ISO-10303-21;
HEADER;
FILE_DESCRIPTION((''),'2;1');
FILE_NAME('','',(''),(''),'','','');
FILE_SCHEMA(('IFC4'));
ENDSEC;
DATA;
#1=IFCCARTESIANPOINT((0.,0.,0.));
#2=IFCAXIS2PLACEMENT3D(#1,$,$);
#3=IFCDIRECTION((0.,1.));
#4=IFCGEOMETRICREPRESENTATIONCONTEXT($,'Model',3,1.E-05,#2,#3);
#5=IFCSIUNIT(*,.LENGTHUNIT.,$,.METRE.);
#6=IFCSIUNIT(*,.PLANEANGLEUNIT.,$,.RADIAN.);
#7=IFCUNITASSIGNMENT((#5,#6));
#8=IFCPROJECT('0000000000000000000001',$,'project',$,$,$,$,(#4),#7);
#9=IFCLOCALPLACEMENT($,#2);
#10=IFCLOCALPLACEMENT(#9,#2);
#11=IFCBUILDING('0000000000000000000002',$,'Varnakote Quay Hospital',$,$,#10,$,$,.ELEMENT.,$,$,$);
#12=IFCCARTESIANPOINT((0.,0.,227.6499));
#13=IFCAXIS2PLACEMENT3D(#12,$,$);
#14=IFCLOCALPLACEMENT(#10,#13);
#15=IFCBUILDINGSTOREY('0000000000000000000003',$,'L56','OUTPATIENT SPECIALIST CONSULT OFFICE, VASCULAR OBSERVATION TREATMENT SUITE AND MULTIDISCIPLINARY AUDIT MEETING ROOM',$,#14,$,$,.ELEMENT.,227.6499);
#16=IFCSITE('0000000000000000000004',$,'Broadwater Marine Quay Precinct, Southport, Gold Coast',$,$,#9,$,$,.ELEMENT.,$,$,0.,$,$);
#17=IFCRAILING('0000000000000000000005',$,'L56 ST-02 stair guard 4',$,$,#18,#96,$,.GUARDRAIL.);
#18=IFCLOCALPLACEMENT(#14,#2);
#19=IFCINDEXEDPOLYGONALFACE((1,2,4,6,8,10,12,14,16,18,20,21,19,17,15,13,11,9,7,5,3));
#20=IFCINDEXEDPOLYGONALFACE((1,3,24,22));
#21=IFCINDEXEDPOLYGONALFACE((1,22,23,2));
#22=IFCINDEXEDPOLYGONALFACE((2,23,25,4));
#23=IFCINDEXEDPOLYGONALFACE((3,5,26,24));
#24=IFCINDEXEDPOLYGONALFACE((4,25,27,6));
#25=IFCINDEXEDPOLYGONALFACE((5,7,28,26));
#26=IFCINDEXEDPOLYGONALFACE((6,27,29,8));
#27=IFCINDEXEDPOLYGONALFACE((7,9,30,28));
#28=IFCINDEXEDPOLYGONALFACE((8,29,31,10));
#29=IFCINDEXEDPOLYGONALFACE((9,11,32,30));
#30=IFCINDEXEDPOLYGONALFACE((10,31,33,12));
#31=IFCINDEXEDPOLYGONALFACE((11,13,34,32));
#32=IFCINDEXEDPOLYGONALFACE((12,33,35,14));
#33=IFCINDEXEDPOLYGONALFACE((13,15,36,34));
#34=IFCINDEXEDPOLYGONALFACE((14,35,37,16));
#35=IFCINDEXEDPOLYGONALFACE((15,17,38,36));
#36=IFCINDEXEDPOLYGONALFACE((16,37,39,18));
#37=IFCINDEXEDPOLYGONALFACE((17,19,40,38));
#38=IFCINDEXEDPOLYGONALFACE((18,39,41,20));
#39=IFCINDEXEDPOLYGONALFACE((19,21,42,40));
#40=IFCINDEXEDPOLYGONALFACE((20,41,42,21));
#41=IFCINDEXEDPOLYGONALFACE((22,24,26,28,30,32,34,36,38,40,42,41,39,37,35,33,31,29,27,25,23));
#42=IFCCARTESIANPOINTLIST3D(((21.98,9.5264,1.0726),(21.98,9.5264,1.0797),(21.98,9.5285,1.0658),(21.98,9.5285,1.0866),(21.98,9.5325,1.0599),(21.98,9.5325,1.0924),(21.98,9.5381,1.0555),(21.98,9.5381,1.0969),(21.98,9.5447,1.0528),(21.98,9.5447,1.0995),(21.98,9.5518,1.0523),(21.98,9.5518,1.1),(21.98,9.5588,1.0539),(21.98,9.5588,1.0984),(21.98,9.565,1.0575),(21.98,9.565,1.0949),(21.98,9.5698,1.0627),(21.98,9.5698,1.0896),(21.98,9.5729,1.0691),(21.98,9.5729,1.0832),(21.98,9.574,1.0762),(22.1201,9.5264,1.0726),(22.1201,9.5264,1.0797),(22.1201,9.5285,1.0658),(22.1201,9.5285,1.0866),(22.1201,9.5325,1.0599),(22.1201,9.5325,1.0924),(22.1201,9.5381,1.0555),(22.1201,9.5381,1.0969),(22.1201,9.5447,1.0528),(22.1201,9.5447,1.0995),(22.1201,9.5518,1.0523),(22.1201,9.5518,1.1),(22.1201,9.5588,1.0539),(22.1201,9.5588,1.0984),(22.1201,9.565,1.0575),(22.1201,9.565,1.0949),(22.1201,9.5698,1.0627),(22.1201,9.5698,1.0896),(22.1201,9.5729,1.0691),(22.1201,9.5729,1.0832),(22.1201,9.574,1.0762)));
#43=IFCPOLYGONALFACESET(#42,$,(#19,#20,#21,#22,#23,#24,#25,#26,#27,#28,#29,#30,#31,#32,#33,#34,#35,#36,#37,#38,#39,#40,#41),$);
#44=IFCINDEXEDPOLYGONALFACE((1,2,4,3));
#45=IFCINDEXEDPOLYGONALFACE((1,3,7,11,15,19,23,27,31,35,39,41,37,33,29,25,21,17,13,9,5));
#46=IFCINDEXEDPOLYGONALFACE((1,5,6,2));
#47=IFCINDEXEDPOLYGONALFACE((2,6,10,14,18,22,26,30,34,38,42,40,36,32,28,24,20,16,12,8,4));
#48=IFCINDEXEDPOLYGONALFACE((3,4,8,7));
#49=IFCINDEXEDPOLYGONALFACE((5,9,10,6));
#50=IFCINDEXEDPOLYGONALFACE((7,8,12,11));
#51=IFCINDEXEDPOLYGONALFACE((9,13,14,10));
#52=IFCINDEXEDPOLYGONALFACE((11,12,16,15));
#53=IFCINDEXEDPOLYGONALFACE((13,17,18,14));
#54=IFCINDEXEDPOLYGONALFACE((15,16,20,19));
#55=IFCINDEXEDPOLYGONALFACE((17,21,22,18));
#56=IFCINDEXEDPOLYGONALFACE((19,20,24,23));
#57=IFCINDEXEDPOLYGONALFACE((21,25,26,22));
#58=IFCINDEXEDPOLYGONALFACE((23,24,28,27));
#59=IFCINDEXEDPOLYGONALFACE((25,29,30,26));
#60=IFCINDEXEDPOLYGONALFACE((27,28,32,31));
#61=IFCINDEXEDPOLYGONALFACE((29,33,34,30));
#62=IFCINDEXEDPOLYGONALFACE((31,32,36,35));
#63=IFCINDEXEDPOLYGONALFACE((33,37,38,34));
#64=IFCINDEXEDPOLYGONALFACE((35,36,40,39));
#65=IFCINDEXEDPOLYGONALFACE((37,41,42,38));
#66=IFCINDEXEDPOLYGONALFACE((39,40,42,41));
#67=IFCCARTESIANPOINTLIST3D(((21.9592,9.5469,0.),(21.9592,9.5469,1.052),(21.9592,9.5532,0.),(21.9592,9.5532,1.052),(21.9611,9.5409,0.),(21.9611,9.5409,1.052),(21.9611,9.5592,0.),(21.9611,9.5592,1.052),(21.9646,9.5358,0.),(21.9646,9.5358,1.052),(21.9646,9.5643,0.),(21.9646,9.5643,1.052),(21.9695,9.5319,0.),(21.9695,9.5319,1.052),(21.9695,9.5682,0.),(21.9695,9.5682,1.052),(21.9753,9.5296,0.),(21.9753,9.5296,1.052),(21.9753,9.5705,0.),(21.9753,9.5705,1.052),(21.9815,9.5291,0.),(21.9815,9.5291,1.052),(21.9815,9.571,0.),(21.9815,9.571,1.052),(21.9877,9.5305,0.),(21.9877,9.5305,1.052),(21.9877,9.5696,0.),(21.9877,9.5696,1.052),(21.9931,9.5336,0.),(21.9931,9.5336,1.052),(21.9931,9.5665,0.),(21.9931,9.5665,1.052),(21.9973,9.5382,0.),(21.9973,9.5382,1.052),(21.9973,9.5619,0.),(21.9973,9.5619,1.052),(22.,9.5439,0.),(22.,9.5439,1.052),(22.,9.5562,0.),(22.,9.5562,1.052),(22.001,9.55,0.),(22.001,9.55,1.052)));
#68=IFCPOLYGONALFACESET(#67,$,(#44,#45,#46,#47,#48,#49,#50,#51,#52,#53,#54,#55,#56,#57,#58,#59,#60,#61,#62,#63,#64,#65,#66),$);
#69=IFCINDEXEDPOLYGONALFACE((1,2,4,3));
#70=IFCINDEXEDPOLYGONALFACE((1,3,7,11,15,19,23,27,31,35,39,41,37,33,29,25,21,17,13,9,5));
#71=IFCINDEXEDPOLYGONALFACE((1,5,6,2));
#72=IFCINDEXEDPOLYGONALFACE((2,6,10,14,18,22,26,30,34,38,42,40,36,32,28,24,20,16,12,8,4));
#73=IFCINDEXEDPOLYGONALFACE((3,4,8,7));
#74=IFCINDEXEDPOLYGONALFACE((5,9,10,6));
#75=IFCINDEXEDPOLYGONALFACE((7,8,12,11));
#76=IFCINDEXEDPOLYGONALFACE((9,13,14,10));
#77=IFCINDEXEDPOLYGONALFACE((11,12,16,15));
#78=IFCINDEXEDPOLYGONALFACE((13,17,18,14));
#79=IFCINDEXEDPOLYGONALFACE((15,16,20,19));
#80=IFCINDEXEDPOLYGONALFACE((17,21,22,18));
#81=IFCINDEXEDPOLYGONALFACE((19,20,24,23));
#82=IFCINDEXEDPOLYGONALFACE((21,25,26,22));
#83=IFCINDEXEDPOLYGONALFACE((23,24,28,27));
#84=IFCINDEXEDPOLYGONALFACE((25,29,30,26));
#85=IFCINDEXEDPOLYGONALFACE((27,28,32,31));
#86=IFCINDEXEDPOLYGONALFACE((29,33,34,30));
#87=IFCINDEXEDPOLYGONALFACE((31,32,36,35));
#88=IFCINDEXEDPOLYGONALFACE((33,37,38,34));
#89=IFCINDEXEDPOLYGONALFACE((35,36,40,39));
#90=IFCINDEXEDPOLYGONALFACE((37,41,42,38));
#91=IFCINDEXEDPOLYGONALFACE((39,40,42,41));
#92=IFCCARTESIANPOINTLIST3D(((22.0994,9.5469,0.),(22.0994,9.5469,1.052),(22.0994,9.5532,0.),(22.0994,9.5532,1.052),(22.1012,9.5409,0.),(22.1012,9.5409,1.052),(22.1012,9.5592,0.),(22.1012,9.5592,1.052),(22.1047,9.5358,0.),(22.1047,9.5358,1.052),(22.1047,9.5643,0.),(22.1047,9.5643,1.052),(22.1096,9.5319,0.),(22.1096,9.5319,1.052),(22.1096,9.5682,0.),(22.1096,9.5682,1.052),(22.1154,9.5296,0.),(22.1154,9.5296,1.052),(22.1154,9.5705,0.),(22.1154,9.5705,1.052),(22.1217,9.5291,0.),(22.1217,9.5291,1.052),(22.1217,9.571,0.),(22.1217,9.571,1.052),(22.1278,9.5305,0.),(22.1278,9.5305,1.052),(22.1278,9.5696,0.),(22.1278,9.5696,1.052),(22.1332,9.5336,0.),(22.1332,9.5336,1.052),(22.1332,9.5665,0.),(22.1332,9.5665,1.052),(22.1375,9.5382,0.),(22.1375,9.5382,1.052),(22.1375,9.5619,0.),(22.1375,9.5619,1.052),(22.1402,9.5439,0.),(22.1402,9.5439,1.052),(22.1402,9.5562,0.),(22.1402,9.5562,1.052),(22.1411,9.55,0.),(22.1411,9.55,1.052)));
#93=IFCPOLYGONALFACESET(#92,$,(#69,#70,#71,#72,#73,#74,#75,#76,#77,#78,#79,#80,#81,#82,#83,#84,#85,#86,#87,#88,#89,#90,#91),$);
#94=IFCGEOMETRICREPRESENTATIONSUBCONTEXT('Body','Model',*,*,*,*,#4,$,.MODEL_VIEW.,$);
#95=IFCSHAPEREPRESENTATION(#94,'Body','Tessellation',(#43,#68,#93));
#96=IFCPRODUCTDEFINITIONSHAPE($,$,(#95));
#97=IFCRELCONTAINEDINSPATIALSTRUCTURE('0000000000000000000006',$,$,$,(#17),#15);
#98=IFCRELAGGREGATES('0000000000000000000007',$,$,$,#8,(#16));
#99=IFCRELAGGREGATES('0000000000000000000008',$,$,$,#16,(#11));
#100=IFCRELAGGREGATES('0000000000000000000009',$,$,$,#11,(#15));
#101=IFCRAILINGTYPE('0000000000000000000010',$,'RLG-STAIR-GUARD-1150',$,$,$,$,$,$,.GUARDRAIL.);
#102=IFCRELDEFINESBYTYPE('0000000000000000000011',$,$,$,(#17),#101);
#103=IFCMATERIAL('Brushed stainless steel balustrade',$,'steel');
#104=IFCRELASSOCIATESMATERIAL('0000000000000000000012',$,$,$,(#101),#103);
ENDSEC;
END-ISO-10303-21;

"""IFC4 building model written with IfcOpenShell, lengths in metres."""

from ifc_helpers import new_model, si_unit, direction, frame, origin, origin_2d, place, context, subcontext, project, spatial, circle, extrude, material, type_object, element, save


model = new_model("IFC4")

# Units and contexts
model_context = context("Model", 3, precision=1e-05, world=origin(), true_north=direction((0.0, 1.0)))
body_context = subcontext(model_context, "Body", "Model", "MODEL_VIEW")
ifc_project = project(units=[si_unit("LENGTHUNIT", "METRE"), si_unit("PLANEANGLEUNIT", "RADIAN")], contexts=[model_context])

# Site, building, storey
site_placement = place(None, origin())
site = spatial("IfcSite", under=ifc_project, at=site_placement, Name="Broadwater Marine Quay Precinct, Southport, Gold Coast", CompositionType="ELEMENT", RefElevation=0.0)
building_placement = place(site_placement, origin())
building = spatial("IfcBuilding", under=site, at=building_placement, Name="Varnakote Quay Hospital", CompositionType="ELEMENT")
storey_placement = place(building_placement, frame((0.0, 0.0, 227.6499)))
storey = spatial("IfcBuildingStorey", under=building, at=storey_placement, Name="L56", Description="OUTPATIENT SPECIALIST CONSULT OFFICE, VASCULAR OBSERVATION TREATMENT SUITE AND MULTIDISCIPLINARY AUDIT MEETING ROOM", CompositionType="ELEMENT", Elevation=227.6499)

# Railing
ifc_material_1 = material(Name="Brushed stainless steel balustrade", Category="steel")
railing_type_1 = type_object("IfcRailingType", Name="RLG-STAIR-GUARD-1150", PredefinedType="GUARDRAIL", material=ifc_material_1)
railing_1_placement = place(storey_placement, frame((21.98, 9.55, 0.0)))
element("IfcRailing", 1, at=railing_1_placement, inside=storey, type_object=railing_type_1, Name="L56 ST-02 stair guard 4", PredefinedType="GUARDRAIL", context=body_context, shape_type="SweptSolid", body=[
    extrude(circle(Radius=0.0239, at=origin_2d()), frame((0.0, 0.0, 1.0762), z_axis=(1.0, 0.0, 0.0), x_axis=(0.0, 1.0, 0.0)), (0.0, 0.0, 1.0), 0.1401),
    extrude(circle(Radius=0.021, at=origin_2d()), origin(), (0.0, 0.0, 1.0), 1.052),
    extrude(circle(Radius=0.021, at=origin_2d()), frame((0.1401, 0.0, 0.0)), (0.0, 0.0, 1.0), 1.052),
])

save(model, "model.ifc")
